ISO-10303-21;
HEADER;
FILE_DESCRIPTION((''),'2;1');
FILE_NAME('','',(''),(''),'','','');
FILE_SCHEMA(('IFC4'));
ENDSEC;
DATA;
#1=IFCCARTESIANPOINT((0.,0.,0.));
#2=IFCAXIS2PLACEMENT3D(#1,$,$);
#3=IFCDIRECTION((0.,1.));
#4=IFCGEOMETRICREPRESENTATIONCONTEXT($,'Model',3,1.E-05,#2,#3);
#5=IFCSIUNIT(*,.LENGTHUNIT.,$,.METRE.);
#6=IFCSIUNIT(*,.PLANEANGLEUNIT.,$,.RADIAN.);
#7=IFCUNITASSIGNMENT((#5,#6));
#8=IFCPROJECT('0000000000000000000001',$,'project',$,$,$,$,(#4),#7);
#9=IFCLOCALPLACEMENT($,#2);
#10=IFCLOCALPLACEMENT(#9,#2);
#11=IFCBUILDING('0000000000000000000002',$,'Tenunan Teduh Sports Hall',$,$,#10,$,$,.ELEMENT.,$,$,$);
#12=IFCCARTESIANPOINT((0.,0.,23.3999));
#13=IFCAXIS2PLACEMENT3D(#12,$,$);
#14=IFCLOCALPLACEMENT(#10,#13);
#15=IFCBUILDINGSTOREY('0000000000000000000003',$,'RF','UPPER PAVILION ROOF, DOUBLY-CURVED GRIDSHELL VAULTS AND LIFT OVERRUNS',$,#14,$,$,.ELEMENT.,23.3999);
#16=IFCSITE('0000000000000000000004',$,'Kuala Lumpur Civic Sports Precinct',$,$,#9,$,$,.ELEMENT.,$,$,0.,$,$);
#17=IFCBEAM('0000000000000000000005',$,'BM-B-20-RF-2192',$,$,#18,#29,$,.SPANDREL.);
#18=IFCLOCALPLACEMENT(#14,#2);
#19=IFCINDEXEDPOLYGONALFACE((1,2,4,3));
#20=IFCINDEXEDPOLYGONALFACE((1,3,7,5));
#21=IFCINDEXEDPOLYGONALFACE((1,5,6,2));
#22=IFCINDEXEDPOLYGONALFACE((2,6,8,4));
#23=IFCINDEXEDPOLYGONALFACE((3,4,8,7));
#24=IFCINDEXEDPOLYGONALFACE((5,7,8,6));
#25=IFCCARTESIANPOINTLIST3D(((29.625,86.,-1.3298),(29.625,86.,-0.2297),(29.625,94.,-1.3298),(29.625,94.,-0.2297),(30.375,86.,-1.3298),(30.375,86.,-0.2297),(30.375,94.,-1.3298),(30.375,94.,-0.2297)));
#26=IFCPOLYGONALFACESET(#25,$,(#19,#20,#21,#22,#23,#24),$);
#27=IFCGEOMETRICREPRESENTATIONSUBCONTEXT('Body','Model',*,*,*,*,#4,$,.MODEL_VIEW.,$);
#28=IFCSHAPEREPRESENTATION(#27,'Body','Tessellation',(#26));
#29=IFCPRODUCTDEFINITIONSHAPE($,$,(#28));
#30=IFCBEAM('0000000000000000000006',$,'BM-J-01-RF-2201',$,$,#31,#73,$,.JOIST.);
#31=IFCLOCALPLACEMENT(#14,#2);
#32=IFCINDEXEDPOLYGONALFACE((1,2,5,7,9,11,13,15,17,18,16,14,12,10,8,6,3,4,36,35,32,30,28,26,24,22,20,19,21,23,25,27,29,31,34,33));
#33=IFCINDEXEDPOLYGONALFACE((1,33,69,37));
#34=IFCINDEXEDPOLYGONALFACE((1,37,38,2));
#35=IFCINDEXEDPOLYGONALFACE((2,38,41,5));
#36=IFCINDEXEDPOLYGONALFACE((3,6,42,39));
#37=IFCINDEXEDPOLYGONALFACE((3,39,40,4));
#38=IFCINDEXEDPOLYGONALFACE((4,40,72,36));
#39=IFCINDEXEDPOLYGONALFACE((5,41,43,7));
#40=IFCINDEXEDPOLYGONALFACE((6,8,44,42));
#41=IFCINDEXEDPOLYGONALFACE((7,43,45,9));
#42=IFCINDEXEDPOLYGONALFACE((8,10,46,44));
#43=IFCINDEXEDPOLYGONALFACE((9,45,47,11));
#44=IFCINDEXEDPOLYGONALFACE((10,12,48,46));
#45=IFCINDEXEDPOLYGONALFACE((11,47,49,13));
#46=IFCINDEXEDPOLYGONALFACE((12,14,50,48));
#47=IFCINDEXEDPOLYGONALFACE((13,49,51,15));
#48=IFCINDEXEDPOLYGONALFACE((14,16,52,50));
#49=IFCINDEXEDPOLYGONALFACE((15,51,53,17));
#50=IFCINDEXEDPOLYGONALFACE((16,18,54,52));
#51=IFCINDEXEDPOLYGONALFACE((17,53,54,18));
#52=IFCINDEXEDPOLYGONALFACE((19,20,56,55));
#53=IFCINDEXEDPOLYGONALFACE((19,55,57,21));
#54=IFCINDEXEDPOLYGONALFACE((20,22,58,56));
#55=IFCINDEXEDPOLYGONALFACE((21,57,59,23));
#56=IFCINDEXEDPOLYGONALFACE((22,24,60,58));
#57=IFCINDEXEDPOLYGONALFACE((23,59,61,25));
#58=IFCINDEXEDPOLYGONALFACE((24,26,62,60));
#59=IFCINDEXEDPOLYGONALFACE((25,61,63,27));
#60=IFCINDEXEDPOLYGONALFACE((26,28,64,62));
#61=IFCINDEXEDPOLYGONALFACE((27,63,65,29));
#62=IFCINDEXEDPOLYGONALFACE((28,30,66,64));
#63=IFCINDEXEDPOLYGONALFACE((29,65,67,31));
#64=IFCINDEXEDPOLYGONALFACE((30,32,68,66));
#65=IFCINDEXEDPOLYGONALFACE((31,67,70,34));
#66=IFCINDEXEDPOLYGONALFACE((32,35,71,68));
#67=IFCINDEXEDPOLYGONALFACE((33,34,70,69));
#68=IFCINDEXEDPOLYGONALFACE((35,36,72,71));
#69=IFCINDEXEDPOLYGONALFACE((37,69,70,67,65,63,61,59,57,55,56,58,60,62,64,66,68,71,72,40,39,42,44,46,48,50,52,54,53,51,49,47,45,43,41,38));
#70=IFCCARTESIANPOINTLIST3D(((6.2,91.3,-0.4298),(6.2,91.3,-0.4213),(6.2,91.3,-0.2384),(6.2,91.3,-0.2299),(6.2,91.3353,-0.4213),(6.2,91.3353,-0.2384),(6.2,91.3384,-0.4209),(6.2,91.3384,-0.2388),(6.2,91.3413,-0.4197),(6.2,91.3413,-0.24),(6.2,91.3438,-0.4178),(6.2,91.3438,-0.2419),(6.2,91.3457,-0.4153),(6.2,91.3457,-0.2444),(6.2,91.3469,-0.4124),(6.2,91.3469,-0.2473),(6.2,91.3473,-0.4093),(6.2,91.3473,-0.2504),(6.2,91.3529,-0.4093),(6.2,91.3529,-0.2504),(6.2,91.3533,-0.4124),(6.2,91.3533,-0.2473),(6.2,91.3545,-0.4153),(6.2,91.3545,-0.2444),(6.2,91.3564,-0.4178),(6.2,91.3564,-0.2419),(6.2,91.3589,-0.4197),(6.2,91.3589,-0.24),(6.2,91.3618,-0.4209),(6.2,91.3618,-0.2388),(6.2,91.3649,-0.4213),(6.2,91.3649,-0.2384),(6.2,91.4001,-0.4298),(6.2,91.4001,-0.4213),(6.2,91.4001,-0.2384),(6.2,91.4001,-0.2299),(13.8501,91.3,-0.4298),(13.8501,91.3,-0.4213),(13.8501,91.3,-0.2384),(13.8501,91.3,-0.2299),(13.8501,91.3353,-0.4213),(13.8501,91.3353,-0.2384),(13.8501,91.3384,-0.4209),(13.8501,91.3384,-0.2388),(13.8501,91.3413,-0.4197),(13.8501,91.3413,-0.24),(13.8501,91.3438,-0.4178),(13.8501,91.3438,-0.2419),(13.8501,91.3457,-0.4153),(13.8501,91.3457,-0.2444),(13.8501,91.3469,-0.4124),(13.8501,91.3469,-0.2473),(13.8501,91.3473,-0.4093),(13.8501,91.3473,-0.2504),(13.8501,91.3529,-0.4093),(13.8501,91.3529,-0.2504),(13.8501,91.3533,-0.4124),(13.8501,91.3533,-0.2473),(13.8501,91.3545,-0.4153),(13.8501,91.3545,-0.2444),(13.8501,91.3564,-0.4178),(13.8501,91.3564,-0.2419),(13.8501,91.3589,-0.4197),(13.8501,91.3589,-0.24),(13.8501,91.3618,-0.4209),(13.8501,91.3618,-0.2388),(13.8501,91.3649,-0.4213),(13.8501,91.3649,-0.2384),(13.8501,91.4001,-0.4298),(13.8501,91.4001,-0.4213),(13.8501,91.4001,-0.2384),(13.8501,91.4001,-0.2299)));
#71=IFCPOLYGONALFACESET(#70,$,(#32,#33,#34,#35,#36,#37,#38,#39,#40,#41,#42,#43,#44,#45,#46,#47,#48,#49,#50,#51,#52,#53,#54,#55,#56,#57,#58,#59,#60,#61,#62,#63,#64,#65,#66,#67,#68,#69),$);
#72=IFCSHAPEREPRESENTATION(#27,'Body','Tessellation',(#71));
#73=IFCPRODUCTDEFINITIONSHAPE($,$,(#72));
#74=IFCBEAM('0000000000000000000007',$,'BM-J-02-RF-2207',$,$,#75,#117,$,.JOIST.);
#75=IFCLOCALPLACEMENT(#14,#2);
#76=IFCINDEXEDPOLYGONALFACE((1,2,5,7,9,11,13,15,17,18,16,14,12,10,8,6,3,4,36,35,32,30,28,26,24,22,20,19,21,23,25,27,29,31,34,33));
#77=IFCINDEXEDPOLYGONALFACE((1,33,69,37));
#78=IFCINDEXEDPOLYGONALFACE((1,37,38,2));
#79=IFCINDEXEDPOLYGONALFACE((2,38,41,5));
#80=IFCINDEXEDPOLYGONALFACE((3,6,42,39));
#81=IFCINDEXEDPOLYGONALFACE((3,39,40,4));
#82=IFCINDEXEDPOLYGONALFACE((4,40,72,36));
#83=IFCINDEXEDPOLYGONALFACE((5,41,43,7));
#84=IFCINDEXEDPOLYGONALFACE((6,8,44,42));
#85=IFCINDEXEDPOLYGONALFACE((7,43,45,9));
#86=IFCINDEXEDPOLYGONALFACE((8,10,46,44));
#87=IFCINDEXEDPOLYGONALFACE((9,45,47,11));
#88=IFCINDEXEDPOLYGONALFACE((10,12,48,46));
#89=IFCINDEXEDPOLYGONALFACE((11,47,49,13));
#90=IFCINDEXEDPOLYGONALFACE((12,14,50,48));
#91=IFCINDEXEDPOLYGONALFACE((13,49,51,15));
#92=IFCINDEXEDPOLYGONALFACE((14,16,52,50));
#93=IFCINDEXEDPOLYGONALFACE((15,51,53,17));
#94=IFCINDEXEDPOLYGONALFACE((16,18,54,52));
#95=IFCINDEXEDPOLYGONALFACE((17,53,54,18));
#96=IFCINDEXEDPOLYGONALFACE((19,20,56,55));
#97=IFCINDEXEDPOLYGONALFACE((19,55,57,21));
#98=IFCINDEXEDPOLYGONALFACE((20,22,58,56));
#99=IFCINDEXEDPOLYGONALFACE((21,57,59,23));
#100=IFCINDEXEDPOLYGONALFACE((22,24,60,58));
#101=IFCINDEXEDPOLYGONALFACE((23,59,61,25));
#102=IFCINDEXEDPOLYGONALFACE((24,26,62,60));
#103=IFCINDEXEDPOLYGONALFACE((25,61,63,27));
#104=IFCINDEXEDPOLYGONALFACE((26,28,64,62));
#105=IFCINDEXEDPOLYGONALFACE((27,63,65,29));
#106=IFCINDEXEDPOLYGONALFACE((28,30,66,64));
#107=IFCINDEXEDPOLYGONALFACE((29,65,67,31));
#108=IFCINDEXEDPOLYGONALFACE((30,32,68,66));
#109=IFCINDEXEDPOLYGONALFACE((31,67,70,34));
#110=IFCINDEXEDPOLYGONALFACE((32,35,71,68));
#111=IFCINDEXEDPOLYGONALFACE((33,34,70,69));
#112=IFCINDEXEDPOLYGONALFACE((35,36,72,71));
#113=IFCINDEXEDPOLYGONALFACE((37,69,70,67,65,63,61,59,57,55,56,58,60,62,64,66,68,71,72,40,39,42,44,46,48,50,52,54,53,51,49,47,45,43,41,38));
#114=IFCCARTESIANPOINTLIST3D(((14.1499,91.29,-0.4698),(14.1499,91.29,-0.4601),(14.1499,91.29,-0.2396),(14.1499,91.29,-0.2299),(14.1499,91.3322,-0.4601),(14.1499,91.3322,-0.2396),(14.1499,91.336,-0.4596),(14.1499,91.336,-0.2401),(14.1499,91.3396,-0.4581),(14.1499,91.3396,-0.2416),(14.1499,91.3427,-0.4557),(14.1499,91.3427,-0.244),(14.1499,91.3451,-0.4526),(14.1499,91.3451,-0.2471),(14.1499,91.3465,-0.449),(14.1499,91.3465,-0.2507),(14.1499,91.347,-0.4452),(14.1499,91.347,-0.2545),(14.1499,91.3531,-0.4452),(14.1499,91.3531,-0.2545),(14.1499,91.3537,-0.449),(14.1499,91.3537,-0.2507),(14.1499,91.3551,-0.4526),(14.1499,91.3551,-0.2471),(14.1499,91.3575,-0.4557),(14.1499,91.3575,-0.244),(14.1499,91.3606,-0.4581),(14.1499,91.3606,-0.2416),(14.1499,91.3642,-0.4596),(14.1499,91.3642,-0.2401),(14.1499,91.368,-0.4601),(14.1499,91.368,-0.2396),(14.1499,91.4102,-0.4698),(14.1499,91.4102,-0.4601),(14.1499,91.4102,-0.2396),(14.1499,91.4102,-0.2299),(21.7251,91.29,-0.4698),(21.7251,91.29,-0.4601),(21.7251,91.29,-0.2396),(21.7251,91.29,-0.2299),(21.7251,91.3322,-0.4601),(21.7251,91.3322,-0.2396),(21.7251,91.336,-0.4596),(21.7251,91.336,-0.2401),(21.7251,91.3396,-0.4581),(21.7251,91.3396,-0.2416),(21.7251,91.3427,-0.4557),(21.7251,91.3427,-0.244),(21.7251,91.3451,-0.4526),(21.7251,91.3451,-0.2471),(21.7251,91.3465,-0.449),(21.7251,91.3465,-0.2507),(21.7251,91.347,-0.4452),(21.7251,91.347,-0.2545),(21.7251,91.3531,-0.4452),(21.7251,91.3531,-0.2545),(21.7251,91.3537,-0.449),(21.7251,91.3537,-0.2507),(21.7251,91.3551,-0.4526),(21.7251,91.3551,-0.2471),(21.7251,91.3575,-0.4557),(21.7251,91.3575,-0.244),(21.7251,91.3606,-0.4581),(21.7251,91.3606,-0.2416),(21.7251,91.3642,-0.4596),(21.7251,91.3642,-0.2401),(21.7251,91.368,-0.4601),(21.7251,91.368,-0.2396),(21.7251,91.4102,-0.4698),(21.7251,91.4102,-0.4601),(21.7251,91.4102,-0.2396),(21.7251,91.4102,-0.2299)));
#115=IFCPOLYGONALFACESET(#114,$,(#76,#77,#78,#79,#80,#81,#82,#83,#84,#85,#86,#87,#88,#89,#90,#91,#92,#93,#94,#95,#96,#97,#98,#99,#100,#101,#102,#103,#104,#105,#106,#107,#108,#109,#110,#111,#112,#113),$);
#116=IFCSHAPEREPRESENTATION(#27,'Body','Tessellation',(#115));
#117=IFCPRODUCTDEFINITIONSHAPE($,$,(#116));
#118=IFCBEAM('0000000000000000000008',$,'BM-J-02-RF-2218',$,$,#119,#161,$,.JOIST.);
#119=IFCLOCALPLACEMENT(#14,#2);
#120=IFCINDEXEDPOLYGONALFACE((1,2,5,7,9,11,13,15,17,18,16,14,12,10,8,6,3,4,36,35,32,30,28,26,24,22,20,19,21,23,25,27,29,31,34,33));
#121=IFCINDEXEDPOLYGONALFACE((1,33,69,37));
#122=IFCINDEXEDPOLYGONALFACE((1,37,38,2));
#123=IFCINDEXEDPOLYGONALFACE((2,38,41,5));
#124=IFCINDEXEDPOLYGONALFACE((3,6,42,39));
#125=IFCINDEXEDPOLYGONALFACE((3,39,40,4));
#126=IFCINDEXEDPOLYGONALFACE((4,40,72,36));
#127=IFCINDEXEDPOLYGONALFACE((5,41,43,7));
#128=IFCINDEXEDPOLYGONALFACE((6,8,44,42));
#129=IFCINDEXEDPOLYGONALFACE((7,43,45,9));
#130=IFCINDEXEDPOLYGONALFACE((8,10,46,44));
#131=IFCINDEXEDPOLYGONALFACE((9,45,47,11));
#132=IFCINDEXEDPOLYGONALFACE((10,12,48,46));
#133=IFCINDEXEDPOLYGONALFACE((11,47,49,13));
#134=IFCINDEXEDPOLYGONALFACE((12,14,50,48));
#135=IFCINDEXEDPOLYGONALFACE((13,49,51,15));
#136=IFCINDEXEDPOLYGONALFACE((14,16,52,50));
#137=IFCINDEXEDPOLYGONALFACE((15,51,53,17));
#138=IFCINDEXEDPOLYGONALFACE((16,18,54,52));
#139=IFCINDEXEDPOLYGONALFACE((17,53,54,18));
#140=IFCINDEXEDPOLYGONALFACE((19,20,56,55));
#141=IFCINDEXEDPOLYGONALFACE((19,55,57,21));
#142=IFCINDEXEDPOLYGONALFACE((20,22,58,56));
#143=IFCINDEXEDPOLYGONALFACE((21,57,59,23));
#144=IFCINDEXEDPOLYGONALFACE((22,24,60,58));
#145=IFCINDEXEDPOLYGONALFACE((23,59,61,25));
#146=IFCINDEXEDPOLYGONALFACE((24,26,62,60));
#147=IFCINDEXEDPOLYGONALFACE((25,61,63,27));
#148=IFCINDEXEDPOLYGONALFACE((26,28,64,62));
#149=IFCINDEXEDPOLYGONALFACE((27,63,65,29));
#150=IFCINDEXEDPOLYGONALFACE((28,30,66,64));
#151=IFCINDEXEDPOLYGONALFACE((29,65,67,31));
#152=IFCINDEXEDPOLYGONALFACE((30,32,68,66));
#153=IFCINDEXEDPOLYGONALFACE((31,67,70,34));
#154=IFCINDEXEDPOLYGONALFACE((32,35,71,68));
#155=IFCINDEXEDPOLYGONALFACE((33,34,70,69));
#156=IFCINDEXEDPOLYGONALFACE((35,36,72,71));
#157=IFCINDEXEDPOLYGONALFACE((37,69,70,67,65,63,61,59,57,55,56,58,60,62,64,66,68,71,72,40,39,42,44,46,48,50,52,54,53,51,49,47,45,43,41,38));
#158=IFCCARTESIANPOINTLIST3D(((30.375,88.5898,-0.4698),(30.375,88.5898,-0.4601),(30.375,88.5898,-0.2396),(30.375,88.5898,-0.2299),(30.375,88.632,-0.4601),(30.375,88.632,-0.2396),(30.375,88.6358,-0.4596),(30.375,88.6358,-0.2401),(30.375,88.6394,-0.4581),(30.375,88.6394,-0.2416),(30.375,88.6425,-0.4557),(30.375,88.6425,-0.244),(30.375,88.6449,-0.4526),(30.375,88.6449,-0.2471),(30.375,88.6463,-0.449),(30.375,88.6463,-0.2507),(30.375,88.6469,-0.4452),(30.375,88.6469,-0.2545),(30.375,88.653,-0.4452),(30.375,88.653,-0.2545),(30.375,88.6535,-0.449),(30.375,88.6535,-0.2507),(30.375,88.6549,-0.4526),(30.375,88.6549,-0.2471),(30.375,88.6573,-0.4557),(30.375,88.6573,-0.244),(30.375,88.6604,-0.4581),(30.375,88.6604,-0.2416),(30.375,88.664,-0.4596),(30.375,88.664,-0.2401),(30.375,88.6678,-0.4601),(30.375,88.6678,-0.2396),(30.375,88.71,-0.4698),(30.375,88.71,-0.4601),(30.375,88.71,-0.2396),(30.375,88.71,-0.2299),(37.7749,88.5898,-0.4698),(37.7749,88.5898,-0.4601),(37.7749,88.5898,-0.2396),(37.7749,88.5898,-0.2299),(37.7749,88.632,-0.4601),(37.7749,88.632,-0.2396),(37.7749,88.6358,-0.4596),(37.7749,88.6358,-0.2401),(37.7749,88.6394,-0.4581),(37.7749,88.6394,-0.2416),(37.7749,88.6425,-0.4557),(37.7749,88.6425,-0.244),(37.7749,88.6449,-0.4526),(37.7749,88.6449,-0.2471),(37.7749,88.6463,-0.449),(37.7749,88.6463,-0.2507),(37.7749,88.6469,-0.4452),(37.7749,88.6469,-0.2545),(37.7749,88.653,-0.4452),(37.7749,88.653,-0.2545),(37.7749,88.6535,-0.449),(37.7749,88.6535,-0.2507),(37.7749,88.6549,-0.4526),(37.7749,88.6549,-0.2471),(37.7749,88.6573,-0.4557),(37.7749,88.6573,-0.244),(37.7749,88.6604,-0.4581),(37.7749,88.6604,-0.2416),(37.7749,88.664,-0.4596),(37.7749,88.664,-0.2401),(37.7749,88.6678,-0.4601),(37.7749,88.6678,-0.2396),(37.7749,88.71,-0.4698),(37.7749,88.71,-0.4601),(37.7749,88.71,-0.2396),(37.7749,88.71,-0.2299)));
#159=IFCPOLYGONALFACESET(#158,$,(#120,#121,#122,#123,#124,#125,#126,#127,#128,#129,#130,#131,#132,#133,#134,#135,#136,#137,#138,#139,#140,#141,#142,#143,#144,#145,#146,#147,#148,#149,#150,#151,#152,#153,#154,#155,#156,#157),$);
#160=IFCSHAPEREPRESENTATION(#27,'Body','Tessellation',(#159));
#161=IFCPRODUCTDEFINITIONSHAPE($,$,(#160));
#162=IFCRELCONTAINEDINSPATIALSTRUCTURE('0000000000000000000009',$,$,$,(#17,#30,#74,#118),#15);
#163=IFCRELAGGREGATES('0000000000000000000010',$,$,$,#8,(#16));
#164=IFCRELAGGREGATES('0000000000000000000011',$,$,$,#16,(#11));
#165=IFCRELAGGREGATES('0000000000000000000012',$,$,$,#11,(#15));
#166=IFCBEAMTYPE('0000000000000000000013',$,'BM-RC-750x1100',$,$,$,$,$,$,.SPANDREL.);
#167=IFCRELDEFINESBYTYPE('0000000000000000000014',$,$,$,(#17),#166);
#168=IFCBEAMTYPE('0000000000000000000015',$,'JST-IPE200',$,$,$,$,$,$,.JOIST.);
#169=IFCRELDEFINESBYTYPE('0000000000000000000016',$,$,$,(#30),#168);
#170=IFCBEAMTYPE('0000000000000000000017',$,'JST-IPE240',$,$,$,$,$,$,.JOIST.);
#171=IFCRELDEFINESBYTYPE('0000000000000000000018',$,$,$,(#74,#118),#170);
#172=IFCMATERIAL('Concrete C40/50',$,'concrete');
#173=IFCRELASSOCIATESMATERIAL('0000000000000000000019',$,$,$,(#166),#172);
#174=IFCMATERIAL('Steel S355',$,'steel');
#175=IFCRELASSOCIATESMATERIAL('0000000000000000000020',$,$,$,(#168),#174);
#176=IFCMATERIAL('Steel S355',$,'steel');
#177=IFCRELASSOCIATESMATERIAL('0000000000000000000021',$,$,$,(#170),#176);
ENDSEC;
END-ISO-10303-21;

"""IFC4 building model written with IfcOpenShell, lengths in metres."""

from ifc_helpers import new_model, si_unit, direction, frame, origin, origin_2d, place, context, subcontext, project, spatial, rectangle, i_section, extrude, material, material_profile, profile_set, type_object, element, save


model = new_model("IFC4")

# Units and contexts
model_context = context("Model", 3, precision=1e-05, world=origin(), true_north=direction((0.0, 1.0)))
body_context = subcontext(model_context, "Body", "Model", "MODEL_VIEW")
ifc_project = project(units=[si_unit("LENGTHUNIT", "METRE"), si_unit("PLANEANGLEUNIT", "RADIAN")], contexts=[model_context])

# Site, building, storey
site_placement = place(None, origin())
site = spatial("IfcSite", under=ifc_project, at=site_placement, Name="Kuala Lumpur Civic Sports Precinct", CompositionType="ELEMENT", RefElevation=0.0)
building_placement = place(site_placement, origin())
building = spatial("IfcBuilding", under=site, at=building_placement, Name="Tenunan Teduh Sports Hall", CompositionType="ELEMENT")
storey_placement = place(building_placement, frame((0.0, 0.0, 23.3999)))
storey = spatial("IfcBuildingStorey", under=building, at=storey_placement, Name="RF", Description="UPPER PAVILION ROOF, DOUBLY-CURVED GRIDSHELL VAULTS AND LIFT OVERRUNS", CompositionType="ELEMENT", Elevation=23.3999)

# Beams
ifc_material_1 = material(Name="Concrete C40/50", Category="concrete")
ifc_material_profile_1 = material_profile(ifc_material_1, rectangle(XDim=0.75, YDim=1.1001, at=origin_2d()), Name="RCB 750x1100")
ifc_profile_set_1 = profile_set([ifc_material_profile_1], Name="Concrete C40/50")
beam_type_1 = type_object("IfcBeamType", Name="BM-RC-750x1100", PredefinedType="SPANDREL", material=ifc_profile_set_1)
beam_1_placement = place(storey_placement, frame((30.0, 86.0, -0.7798), z_axis=(0.0, 1.0, 0.0), x_axis=(-1.0, 0.0, 0.0)))
element("IfcBeam", 1, at=beam_1_placement, inside=storey, type_object=beam_type_1, Name="BM-B-20-RF-2192", PredefinedType="SPANDREL", context=body_context, shape_type="SweptSolid", body=[
    extrude(rectangle(XDim=0.75, YDim=1.1001, at=origin_2d()), origin(), (0.0, 0.0, 1.0), 8.0),
])
ifc_material_2 = material(Name="Steel S355", Category="steel")
ifc_material_profile_2 = material_profile(ifc_material_2, i_section(OverallWidth=0.1001, OverallDepth=0.2, WebThickness=0.0056, FlangeThickness=0.0085, FilletRadius=0.012, at=origin_2d()), Name="IPE 200")
ifc_profile_set_2 = profile_set([ifc_material_profile_2], Name="Steel S355")
beam_type_2 = type_object("IfcBeamType", Name="JST-IPE200", PredefinedType="JOIST", material=ifc_profile_set_2)
beam_2_placement = place(storey_placement, frame((6.2, 91.3501, -0.3298), z_axis=(1.0, 0.0, 0.0), x_axis=(0.0, 1.0, 0.0)))
element("IfcBeam", 2, at=beam_2_placement, inside=storey, type_object=beam_type_2, Name="BM-J-01-RF-2201", PredefinedType="JOIST", context=body_context, shape_type="SweptSolid", body=[
    extrude(i_section(OverallWidth=0.1001, OverallDepth=0.2, WebThickness=0.0056, FlangeThickness=0.0085, FilletRadius=0.012, at=origin_2d()), origin(), (0.0, 0.0, 1.0), 7.6501),
])
ifc_material_3 = material(Name="Steel S355", Category="steel")
ifc_material_profile_3 = material_profile(ifc_material_3, i_section(OverallWidth=0.1201, OverallDepth=0.24, WebThickness=0.0061, FlangeThickness=0.0098, FilletRadius=0.0149, at=origin_2d()), Name="IPE 240")
ifc_profile_set_3 = profile_set([ifc_material_profile_3], Name="Steel S355")
beam_type_3 = type_object("IfcBeamType", Name="JST-IPE240", PredefinedType="JOIST", material=ifc_profile_set_3)
beam_3_placement = place(storey_placement, frame((14.1499, 91.3501, -0.3499), z_axis=(1.0, 0.0, 0.0), x_axis=(0.0, 1.0, 0.0)))
element("IfcBeam", 3, at=beam_3_placement, inside=storey, type_object=beam_type_3, Name="BM-J-02-RF-2207", PredefinedType="JOIST", context=body_context, shape_type="SweptSolid", body=[
    extrude(i_section(OverallWidth=0.1201, OverallDepth=0.24, WebThickness=0.0061, FlangeThickness=0.0098, FilletRadius=0.0149, at=origin_2d()), origin(), (0.0, 0.0, 1.0), 7.5752),
])
beam_4_placement = place(storey_placement, frame((30.375, 88.6499, -0.3499), z_axis=(1.0, 0.0, 0.0), x_axis=(0.0, 1.0, 0.0)))
element("IfcBeam", 4, at=beam_4_placement, inside=storey, type_object=beam_type_3, Name="BM-J-02-RF-2218", PredefinedType="JOIST", context=body_context, shape_type="SweptSolid", body=[
    extrude(i_section(OverallWidth=0.1201, OverallDepth=0.24, WebThickness=0.0061, FlangeThickness=0.0098, FilletRadius=0.0149, at=origin_2d()), origin(), (0.0, 0.0, 1.0), 7.3999),
])

save(model, "model.ifc")
